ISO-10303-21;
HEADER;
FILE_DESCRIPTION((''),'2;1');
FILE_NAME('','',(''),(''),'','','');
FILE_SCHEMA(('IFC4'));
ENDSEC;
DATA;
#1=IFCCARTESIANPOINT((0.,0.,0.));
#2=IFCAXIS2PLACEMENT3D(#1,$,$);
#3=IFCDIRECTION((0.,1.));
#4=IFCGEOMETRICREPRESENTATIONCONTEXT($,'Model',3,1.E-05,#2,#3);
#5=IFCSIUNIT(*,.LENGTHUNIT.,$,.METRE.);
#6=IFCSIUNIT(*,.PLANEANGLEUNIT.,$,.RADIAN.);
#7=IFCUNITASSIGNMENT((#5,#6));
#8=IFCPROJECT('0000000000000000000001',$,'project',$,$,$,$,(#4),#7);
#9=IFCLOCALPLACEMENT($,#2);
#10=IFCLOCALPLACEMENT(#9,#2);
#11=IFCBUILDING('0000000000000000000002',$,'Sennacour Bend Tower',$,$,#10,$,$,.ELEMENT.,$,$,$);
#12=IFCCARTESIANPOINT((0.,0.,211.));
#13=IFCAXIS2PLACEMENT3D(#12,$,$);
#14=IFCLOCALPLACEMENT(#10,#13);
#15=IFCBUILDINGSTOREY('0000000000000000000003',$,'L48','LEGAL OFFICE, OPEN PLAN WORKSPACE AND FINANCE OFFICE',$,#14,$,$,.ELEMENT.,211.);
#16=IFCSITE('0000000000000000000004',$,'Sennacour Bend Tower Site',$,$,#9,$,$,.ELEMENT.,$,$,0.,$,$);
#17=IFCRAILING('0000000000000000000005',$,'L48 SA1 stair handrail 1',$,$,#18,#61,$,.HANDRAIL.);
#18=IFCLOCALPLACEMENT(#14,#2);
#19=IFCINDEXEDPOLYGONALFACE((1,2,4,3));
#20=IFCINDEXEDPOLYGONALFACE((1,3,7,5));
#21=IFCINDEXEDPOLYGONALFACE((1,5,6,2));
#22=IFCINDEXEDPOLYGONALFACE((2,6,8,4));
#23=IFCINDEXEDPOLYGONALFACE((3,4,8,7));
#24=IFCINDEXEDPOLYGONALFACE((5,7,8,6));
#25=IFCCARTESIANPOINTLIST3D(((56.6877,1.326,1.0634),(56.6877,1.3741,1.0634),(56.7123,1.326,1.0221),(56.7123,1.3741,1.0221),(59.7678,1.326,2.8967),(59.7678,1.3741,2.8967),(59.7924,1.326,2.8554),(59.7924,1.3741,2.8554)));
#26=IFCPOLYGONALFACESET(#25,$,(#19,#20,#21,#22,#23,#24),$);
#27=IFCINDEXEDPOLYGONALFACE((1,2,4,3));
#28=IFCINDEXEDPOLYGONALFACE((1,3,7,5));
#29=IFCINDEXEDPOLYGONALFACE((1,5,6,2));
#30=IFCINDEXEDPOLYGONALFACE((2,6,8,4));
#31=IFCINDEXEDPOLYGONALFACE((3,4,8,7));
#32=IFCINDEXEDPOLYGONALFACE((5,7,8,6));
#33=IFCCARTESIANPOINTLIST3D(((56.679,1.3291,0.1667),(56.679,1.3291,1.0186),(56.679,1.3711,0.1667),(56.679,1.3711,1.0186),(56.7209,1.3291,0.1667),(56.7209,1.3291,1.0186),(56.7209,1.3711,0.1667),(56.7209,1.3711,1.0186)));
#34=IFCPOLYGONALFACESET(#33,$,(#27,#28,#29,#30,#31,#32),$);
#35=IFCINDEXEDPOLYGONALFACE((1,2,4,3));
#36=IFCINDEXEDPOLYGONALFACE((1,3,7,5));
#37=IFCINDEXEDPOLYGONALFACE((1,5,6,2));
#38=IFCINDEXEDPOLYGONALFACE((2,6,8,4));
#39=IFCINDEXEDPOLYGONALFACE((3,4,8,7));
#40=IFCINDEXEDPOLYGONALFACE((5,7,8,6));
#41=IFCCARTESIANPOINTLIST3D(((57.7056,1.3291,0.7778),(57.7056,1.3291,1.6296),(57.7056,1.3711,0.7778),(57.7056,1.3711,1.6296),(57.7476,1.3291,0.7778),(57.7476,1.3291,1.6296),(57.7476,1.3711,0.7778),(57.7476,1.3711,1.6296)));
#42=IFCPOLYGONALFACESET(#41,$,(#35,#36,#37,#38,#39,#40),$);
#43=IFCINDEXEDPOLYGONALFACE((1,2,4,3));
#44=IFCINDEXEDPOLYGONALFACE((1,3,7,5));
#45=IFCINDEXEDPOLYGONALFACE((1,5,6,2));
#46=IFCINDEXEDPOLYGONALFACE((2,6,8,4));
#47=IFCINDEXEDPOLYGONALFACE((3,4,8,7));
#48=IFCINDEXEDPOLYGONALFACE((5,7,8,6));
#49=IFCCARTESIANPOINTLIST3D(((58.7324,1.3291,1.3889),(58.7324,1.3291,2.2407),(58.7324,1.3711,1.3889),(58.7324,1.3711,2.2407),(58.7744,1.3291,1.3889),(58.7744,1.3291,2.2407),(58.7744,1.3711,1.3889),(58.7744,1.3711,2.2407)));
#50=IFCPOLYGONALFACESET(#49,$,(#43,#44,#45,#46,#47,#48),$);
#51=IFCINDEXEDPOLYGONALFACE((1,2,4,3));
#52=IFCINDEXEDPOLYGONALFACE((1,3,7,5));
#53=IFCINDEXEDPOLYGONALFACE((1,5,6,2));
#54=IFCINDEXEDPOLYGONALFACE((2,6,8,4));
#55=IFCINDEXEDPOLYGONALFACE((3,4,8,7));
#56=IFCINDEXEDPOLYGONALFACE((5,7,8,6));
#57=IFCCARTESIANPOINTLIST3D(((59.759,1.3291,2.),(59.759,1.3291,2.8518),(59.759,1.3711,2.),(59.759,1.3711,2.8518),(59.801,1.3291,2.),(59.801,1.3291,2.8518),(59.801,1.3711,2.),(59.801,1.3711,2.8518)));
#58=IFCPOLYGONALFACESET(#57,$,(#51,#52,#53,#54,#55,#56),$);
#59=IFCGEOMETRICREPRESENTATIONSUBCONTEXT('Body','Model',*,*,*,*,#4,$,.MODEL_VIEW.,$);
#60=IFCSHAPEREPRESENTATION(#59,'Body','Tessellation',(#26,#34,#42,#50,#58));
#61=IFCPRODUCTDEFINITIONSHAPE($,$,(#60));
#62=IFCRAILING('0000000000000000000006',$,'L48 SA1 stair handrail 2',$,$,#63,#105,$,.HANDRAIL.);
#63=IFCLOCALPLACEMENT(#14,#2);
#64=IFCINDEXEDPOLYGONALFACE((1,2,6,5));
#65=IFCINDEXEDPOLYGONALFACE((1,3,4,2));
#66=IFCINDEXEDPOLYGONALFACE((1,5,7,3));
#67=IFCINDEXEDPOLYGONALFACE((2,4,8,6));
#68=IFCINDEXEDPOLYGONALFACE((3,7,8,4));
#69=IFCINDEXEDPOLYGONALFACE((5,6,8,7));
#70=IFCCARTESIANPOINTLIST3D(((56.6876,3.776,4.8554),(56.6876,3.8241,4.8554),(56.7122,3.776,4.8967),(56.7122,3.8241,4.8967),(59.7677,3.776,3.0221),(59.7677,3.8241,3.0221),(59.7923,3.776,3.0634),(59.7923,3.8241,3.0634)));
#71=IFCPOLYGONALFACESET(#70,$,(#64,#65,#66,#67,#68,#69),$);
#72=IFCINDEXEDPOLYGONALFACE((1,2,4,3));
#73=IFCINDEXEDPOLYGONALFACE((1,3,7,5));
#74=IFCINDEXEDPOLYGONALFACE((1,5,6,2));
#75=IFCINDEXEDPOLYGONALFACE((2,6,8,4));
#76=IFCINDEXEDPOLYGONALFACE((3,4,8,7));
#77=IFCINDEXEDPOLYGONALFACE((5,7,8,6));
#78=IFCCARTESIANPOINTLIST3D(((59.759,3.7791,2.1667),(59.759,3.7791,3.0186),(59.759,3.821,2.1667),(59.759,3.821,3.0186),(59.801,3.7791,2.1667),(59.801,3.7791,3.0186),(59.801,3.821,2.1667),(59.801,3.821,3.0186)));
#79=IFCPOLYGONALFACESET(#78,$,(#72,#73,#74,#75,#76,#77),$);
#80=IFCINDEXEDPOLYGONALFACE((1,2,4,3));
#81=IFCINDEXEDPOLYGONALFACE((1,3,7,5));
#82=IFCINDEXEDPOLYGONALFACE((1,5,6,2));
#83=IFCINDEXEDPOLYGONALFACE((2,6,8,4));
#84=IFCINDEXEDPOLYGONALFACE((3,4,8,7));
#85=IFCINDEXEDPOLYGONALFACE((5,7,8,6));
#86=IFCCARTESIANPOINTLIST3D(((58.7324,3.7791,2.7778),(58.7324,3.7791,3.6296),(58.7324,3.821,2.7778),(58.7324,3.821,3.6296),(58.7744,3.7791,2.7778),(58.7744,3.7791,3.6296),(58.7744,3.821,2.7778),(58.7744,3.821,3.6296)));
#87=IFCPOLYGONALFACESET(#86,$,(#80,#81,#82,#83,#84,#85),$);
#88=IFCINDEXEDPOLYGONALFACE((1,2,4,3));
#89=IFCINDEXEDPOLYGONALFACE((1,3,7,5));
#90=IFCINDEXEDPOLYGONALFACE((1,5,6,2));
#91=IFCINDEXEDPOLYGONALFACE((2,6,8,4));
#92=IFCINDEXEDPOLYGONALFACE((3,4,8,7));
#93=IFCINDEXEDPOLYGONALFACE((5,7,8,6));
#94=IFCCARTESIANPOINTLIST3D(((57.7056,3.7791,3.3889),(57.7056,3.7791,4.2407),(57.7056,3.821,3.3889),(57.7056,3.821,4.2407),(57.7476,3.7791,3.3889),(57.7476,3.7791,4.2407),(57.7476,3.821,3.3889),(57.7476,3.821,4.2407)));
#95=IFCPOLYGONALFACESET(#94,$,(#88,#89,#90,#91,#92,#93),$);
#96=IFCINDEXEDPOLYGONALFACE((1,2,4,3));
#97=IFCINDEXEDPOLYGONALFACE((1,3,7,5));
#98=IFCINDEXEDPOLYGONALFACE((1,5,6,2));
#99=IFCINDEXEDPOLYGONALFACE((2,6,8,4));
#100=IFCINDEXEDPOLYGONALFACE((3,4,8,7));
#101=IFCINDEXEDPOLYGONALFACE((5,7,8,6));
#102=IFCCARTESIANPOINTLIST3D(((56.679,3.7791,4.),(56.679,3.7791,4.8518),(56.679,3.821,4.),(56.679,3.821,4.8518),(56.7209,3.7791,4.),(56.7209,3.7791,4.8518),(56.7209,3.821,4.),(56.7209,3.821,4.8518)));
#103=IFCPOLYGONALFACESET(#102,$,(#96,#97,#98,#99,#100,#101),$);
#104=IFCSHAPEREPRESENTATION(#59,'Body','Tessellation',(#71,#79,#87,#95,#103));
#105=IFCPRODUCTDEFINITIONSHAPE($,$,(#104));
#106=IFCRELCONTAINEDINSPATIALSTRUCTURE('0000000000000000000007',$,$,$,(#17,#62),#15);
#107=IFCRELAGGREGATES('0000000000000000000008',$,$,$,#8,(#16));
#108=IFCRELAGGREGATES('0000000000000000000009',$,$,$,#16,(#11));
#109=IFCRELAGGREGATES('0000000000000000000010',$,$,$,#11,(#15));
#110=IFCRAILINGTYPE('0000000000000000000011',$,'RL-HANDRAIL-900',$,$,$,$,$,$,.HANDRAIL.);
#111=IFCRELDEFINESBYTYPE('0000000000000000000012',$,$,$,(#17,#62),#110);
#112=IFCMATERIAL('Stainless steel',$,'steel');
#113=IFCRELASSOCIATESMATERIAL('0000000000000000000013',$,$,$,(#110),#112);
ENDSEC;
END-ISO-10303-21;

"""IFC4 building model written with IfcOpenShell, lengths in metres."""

from ifc_helpers import new_model, si_unit, direction, frame, origin, origin_2d, place, context, subcontext, project, spatial, rectangle, extrude, material, type_object, element, save


model = new_model("IFC4")

# Units and contexts
model_context = context("Model", 3, precision=1e-05, world=origin(), true_north=direction((0.0, 1.0)))
body_context = subcontext(model_context, "Body", "Model", "MODEL_VIEW")
ifc_project = project(units=[si_unit("LENGTHUNIT", "METRE"), si_unit("PLANEANGLEUNIT", "RADIAN")], contexts=[model_context])

# Site, building, storey
site_placement = place(None, origin())
site = spatial("IfcSite", under=ifc_project, at=site_placement, Name="Sennacour Bend Tower Site", CompositionType="ELEMENT", RefElevation=0.0)
building_placement = place(site_placement, origin())
building = spatial("IfcBuilding", under=site, at=building_placement, Name="Sennacour Bend Tower", CompositionType="ELEMENT")
storey_placement = place(building_placement, frame((0.0, 0.0, 211.0)))
storey = spatial("IfcBuildingStorey", under=building, at=storey_placement, Name="L48", Description="LEGAL OFFICE, OPEN PLAN WORKSPACE AND FINANCE OFFICE", CompositionType="ELEMENT", Elevation=211.0)

# Railings
ifc_material_1 = material(Name="Stainless steel", Category="steel")
railing_type_1 = type_object("IfcRailingType", Name="RL-HANDRAIL-900", PredefinedType="HANDRAIL", material=ifc_material_1)
railing_1_placement = place(storey_placement, frame((56.7, 1.3501, 0.1667)))
element("IfcRailing", 1, at=railing_1_placement, inside=storey, type_object=railing_type_1, Name="L48 SA1 stair handrail 1", PredefinedType="HANDRAIL", context=body_context, shape_type="SweptSolid", body=[
    extrude(rectangle(XDim=0.0481, YDim=0.0481, at=origin_2d()), frame((0.0, 0.0, 0.876), z_axis=(0.859309, 0.0, 0.511458), x_axis=(0.0, 1.0, 0.0)), (0.0, 0.0, 1.0), 3.5845),
    extrude(rectangle(XDim=0.042, YDim=0.042, at=origin_2d()), origin(), (0.0, 0.0, 1.0), 0.8518),
    extrude(rectangle(XDim=0.042, YDim=0.042, at=origin_2d()), frame((1.0266, 0.0, 0.6111)), (0.0, 0.0, 1.0), 0.8518),
    extrude(rectangle(XDim=0.042, YDim=0.042, at=origin_2d()), frame((2.0535, 0.0, 1.2222)), (0.0, 0.0, 1.0), 0.8518),
    extrude(rectangle(XDim=0.042, YDim=0.042, at=origin_2d()), frame((3.0801, 0.0, 1.8333)), (0.0, 0.0, 1.0), 0.8518),
])
railing_2_placement = place(storey_placement, frame((59.78, 3.8, 2.1667)))
element("IfcRailing", 2, at=railing_2_placement, inside=storey, type_object=railing_type_1, Name="L48 SA1 stair handrail 2", PredefinedType="HANDRAIL", context=body_context, shape_type="SweptSolid", body=[
    extrude(rectangle(XDim=0.0481, YDim=0.0481, at=origin_2d()), frame((0.0, 0.0, 0.876), z_axis=(-0.859309, 0.0, 0.511458), x_axis=(0.0, -1.0, 0.0)), (0.0, 0.0, 1.0), 3.5845),
    extrude(rectangle(XDim=0.042, YDim=0.042, at=origin_2d()), origin(), (0.0, 0.0, 1.0), 0.8518),
    extrude(rectangle(XDim=0.042, YDim=0.042, at=origin_2d()), frame((-1.0266, 0.0, 0.6111)), (0.0, 0.0, 1.0), 0.8518),
    extrude(rectangle(XDim=0.042, YDim=0.042, at=origin_2d()), frame((-2.0535, 0.0, 1.2222)), (0.0, 0.0, 1.0), 0.8518),
    extrude(rectangle(XDim=0.042, YDim=0.042, at=origin_2d()), frame((-3.0801, 0.0, 1.8333)), (0.0, 0.0, 1.0), 0.8518),
])

save(model, "model.ifc")
